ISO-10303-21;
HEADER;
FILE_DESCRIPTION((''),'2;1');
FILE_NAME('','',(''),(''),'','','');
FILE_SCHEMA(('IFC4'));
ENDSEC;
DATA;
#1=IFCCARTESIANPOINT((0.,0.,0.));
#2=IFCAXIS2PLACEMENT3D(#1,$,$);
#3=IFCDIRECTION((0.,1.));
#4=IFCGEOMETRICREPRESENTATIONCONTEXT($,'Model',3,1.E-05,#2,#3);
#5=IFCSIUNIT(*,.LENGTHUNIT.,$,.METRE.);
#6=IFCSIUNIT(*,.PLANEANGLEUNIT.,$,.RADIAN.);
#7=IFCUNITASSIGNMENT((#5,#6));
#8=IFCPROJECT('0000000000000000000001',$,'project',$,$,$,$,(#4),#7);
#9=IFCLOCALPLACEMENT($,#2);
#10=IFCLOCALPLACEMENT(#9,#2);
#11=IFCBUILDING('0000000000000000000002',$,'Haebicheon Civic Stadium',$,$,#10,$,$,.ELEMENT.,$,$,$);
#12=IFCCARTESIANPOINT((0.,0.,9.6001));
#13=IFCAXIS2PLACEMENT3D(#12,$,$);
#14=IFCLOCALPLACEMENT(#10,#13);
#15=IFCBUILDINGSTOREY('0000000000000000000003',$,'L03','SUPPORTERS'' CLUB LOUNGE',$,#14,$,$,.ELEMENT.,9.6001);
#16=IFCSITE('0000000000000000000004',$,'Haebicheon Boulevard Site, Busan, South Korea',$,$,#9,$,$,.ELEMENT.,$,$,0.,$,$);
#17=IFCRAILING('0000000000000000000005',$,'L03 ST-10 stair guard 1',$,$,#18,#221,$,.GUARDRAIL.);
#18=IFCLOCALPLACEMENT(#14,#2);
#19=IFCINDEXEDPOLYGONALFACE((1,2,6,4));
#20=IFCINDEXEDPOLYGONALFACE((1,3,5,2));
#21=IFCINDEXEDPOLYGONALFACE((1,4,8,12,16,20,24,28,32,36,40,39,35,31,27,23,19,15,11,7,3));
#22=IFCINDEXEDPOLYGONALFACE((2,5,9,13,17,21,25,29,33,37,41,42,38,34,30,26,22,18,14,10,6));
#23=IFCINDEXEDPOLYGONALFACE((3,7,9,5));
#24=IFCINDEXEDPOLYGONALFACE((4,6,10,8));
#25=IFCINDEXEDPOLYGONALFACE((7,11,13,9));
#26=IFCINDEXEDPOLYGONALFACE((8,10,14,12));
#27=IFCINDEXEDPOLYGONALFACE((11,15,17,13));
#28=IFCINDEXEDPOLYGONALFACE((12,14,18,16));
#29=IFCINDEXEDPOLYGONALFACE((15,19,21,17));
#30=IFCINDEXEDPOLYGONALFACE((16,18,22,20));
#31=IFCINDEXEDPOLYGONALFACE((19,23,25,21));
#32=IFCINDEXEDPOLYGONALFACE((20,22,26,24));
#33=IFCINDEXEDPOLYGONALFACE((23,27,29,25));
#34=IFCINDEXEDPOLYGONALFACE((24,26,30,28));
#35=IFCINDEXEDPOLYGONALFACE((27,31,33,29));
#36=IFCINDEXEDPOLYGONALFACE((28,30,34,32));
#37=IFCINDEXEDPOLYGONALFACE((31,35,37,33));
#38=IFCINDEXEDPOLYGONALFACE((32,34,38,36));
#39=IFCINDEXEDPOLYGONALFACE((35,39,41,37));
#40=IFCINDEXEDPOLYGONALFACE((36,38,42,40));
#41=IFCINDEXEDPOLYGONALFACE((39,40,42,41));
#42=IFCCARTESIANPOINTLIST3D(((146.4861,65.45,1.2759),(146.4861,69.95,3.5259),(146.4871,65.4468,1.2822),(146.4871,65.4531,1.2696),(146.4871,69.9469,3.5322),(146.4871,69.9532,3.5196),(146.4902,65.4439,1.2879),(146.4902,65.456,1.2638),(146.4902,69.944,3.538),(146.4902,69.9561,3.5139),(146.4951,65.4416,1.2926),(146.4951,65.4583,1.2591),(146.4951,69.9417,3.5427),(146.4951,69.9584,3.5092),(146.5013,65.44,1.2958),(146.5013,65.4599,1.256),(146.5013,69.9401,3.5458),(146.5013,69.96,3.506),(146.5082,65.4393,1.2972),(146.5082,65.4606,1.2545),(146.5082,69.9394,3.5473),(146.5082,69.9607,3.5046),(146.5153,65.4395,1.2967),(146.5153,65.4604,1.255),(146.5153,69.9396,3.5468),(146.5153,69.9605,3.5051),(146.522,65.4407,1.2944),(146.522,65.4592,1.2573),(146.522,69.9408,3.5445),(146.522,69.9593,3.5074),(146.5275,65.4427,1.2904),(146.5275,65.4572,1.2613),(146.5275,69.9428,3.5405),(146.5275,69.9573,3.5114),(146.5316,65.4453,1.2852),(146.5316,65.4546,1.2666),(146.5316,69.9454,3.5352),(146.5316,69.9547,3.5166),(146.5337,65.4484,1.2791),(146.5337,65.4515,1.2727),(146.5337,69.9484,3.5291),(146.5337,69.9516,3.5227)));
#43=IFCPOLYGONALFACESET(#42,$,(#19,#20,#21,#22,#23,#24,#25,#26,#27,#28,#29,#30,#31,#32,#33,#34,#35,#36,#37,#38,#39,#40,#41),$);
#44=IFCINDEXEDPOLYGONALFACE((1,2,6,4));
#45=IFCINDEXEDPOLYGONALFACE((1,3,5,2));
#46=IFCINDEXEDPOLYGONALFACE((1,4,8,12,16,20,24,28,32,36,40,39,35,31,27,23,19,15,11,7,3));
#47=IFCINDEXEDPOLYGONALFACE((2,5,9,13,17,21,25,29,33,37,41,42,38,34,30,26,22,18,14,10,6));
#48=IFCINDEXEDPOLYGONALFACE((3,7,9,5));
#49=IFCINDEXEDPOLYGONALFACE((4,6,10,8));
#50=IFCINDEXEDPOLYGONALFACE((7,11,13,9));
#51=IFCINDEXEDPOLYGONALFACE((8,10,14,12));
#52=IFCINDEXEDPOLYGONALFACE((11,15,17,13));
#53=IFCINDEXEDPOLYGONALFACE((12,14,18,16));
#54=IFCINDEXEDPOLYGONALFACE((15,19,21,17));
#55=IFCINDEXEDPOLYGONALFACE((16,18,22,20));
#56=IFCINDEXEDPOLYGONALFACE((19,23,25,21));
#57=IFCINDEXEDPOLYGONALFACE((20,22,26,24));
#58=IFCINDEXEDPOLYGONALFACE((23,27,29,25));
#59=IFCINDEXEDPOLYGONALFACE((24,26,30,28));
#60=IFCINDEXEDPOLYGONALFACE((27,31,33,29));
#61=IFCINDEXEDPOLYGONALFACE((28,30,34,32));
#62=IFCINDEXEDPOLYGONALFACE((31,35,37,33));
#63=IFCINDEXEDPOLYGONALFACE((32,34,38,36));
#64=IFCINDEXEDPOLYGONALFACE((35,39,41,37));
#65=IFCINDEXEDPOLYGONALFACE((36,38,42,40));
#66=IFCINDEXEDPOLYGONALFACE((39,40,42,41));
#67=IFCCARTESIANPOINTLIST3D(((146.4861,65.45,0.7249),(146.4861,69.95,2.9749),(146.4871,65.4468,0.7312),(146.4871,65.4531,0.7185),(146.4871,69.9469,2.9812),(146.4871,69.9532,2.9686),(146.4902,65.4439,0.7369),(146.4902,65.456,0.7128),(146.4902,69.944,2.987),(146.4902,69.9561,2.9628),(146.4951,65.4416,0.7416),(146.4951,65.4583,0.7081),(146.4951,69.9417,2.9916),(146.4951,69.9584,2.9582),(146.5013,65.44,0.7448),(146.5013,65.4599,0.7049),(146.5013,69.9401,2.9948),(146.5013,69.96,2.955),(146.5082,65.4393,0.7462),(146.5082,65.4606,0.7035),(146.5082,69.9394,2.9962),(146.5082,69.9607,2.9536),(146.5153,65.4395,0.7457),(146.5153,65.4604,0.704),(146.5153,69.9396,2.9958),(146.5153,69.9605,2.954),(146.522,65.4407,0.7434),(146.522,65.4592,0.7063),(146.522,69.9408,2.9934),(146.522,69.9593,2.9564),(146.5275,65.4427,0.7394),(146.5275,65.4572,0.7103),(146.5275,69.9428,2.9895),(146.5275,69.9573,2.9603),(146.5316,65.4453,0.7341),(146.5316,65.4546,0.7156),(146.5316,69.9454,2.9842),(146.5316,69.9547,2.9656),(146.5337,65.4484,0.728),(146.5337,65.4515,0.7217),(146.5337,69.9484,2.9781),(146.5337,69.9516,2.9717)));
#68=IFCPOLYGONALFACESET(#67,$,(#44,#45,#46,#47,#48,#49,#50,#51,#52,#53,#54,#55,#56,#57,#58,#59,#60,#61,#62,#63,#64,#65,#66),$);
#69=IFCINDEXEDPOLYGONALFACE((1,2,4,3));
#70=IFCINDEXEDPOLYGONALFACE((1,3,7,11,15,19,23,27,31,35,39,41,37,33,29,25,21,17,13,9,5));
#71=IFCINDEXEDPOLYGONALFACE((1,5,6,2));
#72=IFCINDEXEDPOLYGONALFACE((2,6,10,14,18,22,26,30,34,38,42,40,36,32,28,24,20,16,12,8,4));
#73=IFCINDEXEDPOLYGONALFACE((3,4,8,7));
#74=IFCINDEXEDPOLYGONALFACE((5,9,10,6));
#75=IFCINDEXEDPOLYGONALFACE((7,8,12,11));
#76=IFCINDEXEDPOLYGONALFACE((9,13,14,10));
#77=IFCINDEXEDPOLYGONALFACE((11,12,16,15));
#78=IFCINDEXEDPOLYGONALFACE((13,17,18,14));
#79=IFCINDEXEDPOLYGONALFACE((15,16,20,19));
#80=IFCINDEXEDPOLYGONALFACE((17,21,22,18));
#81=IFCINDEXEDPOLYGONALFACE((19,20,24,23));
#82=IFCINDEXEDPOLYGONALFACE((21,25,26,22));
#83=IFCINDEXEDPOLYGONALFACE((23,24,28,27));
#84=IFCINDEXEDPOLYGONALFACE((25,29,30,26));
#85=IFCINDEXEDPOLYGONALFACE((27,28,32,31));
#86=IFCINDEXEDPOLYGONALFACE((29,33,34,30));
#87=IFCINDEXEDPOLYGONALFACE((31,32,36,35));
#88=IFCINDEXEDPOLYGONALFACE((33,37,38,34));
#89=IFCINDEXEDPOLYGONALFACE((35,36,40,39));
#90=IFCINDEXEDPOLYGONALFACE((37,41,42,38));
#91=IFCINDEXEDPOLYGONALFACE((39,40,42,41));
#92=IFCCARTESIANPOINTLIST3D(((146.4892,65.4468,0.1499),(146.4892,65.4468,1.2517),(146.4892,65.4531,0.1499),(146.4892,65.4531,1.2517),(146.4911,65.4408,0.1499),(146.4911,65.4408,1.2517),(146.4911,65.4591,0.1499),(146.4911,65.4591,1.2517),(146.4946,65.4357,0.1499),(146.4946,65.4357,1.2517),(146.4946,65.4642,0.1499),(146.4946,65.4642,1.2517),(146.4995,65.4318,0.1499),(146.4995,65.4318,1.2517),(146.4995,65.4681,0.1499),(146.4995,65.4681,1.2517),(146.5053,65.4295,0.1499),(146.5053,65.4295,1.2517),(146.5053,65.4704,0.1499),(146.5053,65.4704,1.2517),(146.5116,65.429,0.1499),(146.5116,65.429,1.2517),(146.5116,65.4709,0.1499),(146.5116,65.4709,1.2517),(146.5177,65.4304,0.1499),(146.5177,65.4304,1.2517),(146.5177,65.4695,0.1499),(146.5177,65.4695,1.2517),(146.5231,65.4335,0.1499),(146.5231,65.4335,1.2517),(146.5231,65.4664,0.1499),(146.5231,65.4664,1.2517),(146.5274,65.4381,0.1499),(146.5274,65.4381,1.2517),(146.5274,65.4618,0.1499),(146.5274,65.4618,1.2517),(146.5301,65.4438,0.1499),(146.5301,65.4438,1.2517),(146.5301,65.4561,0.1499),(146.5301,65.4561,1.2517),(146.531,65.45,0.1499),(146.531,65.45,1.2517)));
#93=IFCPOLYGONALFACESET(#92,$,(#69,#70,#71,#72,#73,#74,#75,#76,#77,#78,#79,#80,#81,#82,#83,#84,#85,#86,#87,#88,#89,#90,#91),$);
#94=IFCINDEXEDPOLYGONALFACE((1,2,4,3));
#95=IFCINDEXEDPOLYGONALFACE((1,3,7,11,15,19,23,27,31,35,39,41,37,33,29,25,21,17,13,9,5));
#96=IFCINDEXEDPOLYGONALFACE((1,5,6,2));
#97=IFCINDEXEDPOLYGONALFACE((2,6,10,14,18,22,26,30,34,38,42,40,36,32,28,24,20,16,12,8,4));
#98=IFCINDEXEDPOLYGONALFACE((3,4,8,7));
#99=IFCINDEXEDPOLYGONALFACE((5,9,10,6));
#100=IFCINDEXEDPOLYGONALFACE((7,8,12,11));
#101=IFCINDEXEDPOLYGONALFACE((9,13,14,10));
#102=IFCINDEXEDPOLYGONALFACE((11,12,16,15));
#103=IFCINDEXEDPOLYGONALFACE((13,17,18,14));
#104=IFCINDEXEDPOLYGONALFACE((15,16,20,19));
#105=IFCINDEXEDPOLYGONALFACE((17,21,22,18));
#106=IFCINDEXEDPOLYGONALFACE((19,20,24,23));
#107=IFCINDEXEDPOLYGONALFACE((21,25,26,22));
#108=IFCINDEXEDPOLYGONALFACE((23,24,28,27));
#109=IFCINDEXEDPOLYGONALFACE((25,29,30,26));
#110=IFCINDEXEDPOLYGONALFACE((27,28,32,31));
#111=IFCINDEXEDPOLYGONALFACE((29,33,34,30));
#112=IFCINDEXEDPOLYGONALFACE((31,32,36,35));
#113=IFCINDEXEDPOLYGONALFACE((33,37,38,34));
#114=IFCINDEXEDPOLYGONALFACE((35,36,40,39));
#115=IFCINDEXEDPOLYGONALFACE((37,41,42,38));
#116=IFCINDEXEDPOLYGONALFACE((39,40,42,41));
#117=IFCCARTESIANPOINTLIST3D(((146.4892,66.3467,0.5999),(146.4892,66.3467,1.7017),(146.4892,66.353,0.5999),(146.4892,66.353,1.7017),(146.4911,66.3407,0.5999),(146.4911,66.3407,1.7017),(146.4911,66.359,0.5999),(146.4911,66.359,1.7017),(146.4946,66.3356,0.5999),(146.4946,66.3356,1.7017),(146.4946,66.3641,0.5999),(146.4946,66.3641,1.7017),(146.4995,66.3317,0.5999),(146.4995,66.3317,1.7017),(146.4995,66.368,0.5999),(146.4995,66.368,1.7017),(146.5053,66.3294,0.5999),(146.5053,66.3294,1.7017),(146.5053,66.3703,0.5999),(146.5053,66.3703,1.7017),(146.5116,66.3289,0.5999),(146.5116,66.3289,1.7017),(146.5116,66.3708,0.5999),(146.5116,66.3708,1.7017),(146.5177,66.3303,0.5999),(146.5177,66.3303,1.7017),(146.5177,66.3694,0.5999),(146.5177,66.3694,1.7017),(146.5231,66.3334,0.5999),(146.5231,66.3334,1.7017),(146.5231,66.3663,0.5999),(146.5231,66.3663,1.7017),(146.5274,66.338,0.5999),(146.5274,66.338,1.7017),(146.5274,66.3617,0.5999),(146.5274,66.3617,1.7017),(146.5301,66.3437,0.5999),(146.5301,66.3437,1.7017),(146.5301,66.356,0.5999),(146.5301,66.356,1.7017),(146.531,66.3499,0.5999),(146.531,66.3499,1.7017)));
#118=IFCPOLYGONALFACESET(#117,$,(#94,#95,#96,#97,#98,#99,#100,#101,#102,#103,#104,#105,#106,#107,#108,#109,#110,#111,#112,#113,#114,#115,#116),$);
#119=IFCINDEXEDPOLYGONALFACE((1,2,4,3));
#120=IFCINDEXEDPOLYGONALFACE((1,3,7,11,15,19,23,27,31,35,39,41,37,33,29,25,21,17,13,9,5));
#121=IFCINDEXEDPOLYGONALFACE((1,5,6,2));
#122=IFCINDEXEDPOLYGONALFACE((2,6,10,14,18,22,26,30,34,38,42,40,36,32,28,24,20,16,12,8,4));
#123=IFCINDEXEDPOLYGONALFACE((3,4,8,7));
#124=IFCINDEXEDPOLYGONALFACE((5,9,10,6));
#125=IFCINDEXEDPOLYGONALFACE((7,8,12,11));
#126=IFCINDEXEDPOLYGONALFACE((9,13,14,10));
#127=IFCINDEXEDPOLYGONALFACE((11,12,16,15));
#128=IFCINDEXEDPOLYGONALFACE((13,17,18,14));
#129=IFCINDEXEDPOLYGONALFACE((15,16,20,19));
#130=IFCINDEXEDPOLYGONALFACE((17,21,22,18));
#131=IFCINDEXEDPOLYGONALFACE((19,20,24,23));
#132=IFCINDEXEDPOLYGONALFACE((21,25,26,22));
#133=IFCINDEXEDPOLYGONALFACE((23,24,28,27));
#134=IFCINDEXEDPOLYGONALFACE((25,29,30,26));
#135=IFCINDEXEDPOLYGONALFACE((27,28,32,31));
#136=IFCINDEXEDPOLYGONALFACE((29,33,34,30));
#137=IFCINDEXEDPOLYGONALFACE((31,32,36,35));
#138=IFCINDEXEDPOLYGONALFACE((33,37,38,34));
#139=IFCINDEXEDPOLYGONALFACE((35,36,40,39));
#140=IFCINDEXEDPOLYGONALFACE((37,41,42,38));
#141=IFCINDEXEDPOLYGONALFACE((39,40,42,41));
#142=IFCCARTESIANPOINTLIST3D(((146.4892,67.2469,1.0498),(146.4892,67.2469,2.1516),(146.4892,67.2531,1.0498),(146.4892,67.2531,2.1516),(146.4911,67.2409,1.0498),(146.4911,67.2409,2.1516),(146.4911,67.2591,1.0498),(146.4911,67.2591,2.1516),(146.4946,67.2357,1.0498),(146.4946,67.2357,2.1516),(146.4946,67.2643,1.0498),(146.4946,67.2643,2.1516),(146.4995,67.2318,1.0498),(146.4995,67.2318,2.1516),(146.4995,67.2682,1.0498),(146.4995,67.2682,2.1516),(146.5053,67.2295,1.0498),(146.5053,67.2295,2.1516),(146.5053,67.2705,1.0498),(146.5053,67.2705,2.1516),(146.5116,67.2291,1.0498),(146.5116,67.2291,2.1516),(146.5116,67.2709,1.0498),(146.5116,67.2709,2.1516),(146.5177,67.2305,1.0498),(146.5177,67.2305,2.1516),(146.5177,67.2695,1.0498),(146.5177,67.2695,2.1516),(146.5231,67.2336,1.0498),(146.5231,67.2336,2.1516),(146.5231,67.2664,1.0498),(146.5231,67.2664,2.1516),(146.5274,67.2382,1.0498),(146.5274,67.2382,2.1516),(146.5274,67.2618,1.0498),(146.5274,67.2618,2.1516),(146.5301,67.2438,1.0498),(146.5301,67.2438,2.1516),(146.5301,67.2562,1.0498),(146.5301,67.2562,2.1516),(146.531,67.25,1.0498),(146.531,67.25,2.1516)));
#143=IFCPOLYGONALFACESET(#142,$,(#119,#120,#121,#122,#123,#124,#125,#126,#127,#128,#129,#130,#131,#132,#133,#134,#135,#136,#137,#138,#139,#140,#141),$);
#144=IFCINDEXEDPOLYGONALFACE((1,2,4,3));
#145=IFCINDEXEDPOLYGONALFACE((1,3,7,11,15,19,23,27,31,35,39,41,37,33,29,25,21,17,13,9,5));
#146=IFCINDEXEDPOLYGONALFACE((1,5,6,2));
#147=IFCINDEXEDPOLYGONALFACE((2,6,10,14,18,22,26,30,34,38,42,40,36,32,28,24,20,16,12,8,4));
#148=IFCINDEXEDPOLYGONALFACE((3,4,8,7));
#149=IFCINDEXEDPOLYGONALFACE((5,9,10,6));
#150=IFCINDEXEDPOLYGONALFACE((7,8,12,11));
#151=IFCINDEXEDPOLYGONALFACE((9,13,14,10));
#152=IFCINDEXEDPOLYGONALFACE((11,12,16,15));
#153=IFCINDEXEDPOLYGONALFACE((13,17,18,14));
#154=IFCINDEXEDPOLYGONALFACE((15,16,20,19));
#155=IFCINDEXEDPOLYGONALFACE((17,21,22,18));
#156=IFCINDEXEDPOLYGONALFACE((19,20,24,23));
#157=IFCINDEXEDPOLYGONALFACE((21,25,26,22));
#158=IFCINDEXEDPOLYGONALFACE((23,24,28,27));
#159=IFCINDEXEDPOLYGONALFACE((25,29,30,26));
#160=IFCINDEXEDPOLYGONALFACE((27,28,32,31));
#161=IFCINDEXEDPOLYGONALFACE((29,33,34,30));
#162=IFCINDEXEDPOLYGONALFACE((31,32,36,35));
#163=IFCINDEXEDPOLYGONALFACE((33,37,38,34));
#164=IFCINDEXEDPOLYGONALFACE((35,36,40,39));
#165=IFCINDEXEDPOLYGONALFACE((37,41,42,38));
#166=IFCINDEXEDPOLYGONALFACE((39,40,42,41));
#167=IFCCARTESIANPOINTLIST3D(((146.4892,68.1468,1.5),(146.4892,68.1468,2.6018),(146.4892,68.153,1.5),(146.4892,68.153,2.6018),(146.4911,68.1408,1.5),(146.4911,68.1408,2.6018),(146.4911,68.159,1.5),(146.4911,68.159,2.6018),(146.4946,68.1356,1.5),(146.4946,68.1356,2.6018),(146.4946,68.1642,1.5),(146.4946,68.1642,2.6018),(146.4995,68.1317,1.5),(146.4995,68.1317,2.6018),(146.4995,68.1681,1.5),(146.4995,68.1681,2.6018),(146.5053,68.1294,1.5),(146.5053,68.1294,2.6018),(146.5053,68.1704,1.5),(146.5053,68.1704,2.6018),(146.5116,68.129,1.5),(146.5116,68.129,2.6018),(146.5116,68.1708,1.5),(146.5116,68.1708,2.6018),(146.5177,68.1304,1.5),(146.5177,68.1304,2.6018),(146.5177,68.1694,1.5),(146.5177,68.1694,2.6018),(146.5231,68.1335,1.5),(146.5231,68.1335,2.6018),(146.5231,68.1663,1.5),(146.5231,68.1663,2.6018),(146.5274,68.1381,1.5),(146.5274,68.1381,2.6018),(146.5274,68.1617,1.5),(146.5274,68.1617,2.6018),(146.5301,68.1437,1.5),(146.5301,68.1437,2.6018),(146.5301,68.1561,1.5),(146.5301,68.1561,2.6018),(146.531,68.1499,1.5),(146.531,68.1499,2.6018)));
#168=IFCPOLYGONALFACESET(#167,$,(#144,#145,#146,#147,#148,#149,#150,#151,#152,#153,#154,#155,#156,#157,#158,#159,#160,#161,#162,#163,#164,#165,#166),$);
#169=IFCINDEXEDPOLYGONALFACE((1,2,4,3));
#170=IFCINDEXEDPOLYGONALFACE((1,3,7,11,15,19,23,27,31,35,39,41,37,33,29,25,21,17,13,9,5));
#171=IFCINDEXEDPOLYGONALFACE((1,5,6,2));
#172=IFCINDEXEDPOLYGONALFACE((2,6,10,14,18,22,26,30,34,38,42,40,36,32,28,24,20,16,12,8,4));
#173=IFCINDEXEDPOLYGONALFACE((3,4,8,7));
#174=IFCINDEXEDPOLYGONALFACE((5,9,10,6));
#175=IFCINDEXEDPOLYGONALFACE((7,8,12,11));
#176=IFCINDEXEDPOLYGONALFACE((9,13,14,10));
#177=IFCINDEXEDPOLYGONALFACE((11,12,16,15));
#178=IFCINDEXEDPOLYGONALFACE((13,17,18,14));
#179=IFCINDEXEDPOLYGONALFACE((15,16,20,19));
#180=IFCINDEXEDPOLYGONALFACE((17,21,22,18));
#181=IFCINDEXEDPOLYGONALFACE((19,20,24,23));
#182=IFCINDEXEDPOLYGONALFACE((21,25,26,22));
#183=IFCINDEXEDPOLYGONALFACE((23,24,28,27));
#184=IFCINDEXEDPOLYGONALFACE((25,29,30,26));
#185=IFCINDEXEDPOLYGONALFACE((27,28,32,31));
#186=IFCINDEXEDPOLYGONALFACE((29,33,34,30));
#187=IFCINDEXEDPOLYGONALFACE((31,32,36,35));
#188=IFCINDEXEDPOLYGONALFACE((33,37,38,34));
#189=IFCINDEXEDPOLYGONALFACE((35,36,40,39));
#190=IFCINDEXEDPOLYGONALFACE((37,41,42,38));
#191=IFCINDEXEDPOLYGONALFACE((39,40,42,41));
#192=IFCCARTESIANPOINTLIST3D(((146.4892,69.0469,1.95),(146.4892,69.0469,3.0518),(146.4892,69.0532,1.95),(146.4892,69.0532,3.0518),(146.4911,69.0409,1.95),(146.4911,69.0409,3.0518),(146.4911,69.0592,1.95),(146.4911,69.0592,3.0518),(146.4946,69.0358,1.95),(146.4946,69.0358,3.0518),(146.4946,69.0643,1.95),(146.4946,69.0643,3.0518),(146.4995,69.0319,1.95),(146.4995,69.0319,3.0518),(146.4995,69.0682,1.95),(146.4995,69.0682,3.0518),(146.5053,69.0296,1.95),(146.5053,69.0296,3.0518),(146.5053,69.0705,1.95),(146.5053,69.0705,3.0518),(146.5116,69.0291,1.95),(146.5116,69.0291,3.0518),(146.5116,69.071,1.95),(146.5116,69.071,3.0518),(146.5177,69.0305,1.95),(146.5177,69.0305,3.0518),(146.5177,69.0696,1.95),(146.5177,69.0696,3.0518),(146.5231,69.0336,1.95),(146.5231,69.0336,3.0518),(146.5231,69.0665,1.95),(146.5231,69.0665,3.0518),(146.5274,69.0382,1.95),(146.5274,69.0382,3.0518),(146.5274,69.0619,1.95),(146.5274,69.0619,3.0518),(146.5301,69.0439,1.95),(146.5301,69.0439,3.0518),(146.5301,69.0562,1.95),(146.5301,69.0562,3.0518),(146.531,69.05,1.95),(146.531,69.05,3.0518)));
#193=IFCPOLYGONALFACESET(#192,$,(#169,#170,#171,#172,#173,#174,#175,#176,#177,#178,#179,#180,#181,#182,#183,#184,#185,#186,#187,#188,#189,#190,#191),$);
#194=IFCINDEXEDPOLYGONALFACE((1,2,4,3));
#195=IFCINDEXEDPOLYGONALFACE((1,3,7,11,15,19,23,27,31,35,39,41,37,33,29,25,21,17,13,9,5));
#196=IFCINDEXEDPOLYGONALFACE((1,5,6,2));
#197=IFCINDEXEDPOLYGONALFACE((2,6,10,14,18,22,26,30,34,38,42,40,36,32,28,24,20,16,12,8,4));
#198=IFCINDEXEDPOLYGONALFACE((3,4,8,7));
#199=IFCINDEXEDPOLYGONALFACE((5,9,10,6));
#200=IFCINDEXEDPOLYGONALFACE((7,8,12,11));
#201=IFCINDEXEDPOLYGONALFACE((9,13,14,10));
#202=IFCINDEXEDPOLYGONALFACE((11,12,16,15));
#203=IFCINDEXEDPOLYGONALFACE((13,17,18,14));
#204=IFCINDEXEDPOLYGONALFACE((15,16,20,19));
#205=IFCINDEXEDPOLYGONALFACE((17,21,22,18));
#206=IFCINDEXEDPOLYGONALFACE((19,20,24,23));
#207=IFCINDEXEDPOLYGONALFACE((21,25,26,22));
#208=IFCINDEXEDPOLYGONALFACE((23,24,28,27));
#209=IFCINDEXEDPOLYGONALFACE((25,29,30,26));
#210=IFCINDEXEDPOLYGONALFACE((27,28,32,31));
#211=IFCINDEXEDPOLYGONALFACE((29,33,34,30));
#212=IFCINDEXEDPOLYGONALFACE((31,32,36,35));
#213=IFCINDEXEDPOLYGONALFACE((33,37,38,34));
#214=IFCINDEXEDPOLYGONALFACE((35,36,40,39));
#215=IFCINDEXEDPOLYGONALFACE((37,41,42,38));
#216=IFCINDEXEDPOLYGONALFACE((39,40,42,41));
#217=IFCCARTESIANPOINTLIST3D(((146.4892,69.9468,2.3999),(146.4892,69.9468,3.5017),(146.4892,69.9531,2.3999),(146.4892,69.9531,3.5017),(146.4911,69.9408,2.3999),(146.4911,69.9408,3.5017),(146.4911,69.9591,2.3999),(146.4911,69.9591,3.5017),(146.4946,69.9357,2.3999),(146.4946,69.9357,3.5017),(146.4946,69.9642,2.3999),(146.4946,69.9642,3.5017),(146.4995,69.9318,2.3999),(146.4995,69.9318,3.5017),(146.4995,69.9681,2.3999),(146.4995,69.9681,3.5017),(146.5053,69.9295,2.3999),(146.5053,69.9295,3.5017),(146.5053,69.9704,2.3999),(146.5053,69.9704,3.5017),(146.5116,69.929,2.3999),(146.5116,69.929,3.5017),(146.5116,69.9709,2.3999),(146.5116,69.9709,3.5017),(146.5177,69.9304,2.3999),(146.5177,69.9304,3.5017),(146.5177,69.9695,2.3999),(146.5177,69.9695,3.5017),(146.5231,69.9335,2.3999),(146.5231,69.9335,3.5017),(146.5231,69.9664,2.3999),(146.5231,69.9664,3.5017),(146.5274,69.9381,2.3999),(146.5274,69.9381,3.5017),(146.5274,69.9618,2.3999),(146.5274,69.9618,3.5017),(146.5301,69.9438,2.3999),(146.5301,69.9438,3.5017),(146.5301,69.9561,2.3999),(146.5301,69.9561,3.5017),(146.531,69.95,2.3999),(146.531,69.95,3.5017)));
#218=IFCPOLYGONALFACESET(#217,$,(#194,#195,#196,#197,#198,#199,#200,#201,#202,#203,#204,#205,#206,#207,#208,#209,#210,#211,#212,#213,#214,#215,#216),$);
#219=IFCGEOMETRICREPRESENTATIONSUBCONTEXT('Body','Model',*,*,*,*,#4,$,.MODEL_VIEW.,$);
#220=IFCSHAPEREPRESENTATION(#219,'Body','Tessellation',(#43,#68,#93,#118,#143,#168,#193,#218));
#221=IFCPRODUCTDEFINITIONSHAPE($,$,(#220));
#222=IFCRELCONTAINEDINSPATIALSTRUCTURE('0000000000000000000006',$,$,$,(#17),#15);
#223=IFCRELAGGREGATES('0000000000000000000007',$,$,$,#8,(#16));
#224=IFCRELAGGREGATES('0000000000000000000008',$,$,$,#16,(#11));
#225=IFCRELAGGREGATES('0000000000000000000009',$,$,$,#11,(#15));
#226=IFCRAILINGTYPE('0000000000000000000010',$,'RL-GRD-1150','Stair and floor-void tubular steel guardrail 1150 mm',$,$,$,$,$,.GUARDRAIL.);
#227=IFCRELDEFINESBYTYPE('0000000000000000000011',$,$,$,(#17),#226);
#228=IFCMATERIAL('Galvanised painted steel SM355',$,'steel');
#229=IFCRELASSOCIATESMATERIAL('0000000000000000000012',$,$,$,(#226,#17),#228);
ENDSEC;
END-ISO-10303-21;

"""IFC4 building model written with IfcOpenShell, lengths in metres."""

from ifc_helpers import new_model, si_unit, direction, frame, origin, origin_2d, place, context, subcontext, project, spatial, circle, extrude, material, type_object, element, save


model = new_model("IFC4")

# Units and contexts
model_context = context("Model", 3, precision=1e-05, world=origin(), true_north=direction((0.0, 1.0)))
body_context = subcontext(model_context, "Body", "Model", "MODEL_VIEW")
ifc_project = project(units=[si_unit("LENGTHUNIT", "METRE"), si_unit("PLANEANGLEUNIT", "RADIAN")], contexts=[model_context])

# Site, building, storey
site_placement = place(None, origin())
site = spatial("IfcSite", under=ifc_project, at=site_placement, Name="Haebicheon Boulevard Site, Busan, South Korea", CompositionType="ELEMENT", RefElevation=0.0)
building_placement = place(site_placement, origin())
building = spatial("IfcBuilding", under=site, at=building_placement, Name="Haebicheon Civic Stadium", CompositionType="ELEMENT")
storey_placement = place(building_placement, frame((0.0, 0.0, 9.6001)))
storey = spatial("IfcBuildingStorey", under=building, at=storey_placement, Name="L03", Description="SUPPORTERS' CLUB LOUNGE", CompositionType="ELEMENT", Elevation=9.6001)

# Railing
ifc_material_1 = material(Name="Galvanised painted steel SM355", Category="steel")
railing_type_1 = type_object("IfcRailingType", Name="RL-GRD-1150", Description="Stair and floor-void tubular steel guardrail 1150 mm", PredefinedType="GUARDRAIL", material=ifc_material_1)
railing_1_placement = place(storey_placement, frame((146.51, 65.45, 0.1499)))
element("IfcRailing", 1, at=railing_1_placement, inside=storey, type_object=railing_type_1, material=ifc_material_1, Name="L03 ST-10 stair guard 1", PredefinedType="GUARDRAIL", context=body_context, shape_type="SweptSolid", body=[
    extrude(circle(Radius=0.0239, at=origin_2d()), frame((0.0, 0.0, 1.126), z_axis=(0.0, 0.894427, 0.447214), x_axis=(-1.0, 0.0, 0.0)), (0.0, 0.0, 1.0), 5.0312),
    extrude(circle(Radius=0.0239, at=origin_2d()), frame((0.0, 0.0, 0.575), z_axis=(0.0, 0.894427, 0.447214), x_axis=(-1.0, 0.0, 0.0)), (0.0, 0.0, 1.0), 5.0312),
    extrude(circle(Radius=0.021, at=origin_2d()), origin(), (0.0, 0.0, 1.0), 1.1018),
    extrude(circle(Radius=0.021, at=origin_2d()), frame((0.0, 0.8999, 0.45)), (0.0, 0.0, 1.0), 1.1018),
    extrude(circle(Radius=0.021, at=origin_2d()), frame((0.0, 1.8, 0.8999)), (0.0, 0.0, 1.0), 1.1018),
    extrude(circle(Radius=0.021, at=origin_2d()), frame((0.0, 2.7, 1.3501)), (0.0, 0.0, 1.0), 1.1018),
    extrude(circle(Radius=0.021, at=origin_2d()), frame((0.0, 3.6001, 1.8)), (0.0, 0.0, 1.0), 1.1018),
    extrude(circle(Radius=0.021, at=origin_2d()), frame((0.0, 4.5, 2.25)), (0.0, 0.0, 1.0), 1.1018),
])

save(model, "model.ifc")
